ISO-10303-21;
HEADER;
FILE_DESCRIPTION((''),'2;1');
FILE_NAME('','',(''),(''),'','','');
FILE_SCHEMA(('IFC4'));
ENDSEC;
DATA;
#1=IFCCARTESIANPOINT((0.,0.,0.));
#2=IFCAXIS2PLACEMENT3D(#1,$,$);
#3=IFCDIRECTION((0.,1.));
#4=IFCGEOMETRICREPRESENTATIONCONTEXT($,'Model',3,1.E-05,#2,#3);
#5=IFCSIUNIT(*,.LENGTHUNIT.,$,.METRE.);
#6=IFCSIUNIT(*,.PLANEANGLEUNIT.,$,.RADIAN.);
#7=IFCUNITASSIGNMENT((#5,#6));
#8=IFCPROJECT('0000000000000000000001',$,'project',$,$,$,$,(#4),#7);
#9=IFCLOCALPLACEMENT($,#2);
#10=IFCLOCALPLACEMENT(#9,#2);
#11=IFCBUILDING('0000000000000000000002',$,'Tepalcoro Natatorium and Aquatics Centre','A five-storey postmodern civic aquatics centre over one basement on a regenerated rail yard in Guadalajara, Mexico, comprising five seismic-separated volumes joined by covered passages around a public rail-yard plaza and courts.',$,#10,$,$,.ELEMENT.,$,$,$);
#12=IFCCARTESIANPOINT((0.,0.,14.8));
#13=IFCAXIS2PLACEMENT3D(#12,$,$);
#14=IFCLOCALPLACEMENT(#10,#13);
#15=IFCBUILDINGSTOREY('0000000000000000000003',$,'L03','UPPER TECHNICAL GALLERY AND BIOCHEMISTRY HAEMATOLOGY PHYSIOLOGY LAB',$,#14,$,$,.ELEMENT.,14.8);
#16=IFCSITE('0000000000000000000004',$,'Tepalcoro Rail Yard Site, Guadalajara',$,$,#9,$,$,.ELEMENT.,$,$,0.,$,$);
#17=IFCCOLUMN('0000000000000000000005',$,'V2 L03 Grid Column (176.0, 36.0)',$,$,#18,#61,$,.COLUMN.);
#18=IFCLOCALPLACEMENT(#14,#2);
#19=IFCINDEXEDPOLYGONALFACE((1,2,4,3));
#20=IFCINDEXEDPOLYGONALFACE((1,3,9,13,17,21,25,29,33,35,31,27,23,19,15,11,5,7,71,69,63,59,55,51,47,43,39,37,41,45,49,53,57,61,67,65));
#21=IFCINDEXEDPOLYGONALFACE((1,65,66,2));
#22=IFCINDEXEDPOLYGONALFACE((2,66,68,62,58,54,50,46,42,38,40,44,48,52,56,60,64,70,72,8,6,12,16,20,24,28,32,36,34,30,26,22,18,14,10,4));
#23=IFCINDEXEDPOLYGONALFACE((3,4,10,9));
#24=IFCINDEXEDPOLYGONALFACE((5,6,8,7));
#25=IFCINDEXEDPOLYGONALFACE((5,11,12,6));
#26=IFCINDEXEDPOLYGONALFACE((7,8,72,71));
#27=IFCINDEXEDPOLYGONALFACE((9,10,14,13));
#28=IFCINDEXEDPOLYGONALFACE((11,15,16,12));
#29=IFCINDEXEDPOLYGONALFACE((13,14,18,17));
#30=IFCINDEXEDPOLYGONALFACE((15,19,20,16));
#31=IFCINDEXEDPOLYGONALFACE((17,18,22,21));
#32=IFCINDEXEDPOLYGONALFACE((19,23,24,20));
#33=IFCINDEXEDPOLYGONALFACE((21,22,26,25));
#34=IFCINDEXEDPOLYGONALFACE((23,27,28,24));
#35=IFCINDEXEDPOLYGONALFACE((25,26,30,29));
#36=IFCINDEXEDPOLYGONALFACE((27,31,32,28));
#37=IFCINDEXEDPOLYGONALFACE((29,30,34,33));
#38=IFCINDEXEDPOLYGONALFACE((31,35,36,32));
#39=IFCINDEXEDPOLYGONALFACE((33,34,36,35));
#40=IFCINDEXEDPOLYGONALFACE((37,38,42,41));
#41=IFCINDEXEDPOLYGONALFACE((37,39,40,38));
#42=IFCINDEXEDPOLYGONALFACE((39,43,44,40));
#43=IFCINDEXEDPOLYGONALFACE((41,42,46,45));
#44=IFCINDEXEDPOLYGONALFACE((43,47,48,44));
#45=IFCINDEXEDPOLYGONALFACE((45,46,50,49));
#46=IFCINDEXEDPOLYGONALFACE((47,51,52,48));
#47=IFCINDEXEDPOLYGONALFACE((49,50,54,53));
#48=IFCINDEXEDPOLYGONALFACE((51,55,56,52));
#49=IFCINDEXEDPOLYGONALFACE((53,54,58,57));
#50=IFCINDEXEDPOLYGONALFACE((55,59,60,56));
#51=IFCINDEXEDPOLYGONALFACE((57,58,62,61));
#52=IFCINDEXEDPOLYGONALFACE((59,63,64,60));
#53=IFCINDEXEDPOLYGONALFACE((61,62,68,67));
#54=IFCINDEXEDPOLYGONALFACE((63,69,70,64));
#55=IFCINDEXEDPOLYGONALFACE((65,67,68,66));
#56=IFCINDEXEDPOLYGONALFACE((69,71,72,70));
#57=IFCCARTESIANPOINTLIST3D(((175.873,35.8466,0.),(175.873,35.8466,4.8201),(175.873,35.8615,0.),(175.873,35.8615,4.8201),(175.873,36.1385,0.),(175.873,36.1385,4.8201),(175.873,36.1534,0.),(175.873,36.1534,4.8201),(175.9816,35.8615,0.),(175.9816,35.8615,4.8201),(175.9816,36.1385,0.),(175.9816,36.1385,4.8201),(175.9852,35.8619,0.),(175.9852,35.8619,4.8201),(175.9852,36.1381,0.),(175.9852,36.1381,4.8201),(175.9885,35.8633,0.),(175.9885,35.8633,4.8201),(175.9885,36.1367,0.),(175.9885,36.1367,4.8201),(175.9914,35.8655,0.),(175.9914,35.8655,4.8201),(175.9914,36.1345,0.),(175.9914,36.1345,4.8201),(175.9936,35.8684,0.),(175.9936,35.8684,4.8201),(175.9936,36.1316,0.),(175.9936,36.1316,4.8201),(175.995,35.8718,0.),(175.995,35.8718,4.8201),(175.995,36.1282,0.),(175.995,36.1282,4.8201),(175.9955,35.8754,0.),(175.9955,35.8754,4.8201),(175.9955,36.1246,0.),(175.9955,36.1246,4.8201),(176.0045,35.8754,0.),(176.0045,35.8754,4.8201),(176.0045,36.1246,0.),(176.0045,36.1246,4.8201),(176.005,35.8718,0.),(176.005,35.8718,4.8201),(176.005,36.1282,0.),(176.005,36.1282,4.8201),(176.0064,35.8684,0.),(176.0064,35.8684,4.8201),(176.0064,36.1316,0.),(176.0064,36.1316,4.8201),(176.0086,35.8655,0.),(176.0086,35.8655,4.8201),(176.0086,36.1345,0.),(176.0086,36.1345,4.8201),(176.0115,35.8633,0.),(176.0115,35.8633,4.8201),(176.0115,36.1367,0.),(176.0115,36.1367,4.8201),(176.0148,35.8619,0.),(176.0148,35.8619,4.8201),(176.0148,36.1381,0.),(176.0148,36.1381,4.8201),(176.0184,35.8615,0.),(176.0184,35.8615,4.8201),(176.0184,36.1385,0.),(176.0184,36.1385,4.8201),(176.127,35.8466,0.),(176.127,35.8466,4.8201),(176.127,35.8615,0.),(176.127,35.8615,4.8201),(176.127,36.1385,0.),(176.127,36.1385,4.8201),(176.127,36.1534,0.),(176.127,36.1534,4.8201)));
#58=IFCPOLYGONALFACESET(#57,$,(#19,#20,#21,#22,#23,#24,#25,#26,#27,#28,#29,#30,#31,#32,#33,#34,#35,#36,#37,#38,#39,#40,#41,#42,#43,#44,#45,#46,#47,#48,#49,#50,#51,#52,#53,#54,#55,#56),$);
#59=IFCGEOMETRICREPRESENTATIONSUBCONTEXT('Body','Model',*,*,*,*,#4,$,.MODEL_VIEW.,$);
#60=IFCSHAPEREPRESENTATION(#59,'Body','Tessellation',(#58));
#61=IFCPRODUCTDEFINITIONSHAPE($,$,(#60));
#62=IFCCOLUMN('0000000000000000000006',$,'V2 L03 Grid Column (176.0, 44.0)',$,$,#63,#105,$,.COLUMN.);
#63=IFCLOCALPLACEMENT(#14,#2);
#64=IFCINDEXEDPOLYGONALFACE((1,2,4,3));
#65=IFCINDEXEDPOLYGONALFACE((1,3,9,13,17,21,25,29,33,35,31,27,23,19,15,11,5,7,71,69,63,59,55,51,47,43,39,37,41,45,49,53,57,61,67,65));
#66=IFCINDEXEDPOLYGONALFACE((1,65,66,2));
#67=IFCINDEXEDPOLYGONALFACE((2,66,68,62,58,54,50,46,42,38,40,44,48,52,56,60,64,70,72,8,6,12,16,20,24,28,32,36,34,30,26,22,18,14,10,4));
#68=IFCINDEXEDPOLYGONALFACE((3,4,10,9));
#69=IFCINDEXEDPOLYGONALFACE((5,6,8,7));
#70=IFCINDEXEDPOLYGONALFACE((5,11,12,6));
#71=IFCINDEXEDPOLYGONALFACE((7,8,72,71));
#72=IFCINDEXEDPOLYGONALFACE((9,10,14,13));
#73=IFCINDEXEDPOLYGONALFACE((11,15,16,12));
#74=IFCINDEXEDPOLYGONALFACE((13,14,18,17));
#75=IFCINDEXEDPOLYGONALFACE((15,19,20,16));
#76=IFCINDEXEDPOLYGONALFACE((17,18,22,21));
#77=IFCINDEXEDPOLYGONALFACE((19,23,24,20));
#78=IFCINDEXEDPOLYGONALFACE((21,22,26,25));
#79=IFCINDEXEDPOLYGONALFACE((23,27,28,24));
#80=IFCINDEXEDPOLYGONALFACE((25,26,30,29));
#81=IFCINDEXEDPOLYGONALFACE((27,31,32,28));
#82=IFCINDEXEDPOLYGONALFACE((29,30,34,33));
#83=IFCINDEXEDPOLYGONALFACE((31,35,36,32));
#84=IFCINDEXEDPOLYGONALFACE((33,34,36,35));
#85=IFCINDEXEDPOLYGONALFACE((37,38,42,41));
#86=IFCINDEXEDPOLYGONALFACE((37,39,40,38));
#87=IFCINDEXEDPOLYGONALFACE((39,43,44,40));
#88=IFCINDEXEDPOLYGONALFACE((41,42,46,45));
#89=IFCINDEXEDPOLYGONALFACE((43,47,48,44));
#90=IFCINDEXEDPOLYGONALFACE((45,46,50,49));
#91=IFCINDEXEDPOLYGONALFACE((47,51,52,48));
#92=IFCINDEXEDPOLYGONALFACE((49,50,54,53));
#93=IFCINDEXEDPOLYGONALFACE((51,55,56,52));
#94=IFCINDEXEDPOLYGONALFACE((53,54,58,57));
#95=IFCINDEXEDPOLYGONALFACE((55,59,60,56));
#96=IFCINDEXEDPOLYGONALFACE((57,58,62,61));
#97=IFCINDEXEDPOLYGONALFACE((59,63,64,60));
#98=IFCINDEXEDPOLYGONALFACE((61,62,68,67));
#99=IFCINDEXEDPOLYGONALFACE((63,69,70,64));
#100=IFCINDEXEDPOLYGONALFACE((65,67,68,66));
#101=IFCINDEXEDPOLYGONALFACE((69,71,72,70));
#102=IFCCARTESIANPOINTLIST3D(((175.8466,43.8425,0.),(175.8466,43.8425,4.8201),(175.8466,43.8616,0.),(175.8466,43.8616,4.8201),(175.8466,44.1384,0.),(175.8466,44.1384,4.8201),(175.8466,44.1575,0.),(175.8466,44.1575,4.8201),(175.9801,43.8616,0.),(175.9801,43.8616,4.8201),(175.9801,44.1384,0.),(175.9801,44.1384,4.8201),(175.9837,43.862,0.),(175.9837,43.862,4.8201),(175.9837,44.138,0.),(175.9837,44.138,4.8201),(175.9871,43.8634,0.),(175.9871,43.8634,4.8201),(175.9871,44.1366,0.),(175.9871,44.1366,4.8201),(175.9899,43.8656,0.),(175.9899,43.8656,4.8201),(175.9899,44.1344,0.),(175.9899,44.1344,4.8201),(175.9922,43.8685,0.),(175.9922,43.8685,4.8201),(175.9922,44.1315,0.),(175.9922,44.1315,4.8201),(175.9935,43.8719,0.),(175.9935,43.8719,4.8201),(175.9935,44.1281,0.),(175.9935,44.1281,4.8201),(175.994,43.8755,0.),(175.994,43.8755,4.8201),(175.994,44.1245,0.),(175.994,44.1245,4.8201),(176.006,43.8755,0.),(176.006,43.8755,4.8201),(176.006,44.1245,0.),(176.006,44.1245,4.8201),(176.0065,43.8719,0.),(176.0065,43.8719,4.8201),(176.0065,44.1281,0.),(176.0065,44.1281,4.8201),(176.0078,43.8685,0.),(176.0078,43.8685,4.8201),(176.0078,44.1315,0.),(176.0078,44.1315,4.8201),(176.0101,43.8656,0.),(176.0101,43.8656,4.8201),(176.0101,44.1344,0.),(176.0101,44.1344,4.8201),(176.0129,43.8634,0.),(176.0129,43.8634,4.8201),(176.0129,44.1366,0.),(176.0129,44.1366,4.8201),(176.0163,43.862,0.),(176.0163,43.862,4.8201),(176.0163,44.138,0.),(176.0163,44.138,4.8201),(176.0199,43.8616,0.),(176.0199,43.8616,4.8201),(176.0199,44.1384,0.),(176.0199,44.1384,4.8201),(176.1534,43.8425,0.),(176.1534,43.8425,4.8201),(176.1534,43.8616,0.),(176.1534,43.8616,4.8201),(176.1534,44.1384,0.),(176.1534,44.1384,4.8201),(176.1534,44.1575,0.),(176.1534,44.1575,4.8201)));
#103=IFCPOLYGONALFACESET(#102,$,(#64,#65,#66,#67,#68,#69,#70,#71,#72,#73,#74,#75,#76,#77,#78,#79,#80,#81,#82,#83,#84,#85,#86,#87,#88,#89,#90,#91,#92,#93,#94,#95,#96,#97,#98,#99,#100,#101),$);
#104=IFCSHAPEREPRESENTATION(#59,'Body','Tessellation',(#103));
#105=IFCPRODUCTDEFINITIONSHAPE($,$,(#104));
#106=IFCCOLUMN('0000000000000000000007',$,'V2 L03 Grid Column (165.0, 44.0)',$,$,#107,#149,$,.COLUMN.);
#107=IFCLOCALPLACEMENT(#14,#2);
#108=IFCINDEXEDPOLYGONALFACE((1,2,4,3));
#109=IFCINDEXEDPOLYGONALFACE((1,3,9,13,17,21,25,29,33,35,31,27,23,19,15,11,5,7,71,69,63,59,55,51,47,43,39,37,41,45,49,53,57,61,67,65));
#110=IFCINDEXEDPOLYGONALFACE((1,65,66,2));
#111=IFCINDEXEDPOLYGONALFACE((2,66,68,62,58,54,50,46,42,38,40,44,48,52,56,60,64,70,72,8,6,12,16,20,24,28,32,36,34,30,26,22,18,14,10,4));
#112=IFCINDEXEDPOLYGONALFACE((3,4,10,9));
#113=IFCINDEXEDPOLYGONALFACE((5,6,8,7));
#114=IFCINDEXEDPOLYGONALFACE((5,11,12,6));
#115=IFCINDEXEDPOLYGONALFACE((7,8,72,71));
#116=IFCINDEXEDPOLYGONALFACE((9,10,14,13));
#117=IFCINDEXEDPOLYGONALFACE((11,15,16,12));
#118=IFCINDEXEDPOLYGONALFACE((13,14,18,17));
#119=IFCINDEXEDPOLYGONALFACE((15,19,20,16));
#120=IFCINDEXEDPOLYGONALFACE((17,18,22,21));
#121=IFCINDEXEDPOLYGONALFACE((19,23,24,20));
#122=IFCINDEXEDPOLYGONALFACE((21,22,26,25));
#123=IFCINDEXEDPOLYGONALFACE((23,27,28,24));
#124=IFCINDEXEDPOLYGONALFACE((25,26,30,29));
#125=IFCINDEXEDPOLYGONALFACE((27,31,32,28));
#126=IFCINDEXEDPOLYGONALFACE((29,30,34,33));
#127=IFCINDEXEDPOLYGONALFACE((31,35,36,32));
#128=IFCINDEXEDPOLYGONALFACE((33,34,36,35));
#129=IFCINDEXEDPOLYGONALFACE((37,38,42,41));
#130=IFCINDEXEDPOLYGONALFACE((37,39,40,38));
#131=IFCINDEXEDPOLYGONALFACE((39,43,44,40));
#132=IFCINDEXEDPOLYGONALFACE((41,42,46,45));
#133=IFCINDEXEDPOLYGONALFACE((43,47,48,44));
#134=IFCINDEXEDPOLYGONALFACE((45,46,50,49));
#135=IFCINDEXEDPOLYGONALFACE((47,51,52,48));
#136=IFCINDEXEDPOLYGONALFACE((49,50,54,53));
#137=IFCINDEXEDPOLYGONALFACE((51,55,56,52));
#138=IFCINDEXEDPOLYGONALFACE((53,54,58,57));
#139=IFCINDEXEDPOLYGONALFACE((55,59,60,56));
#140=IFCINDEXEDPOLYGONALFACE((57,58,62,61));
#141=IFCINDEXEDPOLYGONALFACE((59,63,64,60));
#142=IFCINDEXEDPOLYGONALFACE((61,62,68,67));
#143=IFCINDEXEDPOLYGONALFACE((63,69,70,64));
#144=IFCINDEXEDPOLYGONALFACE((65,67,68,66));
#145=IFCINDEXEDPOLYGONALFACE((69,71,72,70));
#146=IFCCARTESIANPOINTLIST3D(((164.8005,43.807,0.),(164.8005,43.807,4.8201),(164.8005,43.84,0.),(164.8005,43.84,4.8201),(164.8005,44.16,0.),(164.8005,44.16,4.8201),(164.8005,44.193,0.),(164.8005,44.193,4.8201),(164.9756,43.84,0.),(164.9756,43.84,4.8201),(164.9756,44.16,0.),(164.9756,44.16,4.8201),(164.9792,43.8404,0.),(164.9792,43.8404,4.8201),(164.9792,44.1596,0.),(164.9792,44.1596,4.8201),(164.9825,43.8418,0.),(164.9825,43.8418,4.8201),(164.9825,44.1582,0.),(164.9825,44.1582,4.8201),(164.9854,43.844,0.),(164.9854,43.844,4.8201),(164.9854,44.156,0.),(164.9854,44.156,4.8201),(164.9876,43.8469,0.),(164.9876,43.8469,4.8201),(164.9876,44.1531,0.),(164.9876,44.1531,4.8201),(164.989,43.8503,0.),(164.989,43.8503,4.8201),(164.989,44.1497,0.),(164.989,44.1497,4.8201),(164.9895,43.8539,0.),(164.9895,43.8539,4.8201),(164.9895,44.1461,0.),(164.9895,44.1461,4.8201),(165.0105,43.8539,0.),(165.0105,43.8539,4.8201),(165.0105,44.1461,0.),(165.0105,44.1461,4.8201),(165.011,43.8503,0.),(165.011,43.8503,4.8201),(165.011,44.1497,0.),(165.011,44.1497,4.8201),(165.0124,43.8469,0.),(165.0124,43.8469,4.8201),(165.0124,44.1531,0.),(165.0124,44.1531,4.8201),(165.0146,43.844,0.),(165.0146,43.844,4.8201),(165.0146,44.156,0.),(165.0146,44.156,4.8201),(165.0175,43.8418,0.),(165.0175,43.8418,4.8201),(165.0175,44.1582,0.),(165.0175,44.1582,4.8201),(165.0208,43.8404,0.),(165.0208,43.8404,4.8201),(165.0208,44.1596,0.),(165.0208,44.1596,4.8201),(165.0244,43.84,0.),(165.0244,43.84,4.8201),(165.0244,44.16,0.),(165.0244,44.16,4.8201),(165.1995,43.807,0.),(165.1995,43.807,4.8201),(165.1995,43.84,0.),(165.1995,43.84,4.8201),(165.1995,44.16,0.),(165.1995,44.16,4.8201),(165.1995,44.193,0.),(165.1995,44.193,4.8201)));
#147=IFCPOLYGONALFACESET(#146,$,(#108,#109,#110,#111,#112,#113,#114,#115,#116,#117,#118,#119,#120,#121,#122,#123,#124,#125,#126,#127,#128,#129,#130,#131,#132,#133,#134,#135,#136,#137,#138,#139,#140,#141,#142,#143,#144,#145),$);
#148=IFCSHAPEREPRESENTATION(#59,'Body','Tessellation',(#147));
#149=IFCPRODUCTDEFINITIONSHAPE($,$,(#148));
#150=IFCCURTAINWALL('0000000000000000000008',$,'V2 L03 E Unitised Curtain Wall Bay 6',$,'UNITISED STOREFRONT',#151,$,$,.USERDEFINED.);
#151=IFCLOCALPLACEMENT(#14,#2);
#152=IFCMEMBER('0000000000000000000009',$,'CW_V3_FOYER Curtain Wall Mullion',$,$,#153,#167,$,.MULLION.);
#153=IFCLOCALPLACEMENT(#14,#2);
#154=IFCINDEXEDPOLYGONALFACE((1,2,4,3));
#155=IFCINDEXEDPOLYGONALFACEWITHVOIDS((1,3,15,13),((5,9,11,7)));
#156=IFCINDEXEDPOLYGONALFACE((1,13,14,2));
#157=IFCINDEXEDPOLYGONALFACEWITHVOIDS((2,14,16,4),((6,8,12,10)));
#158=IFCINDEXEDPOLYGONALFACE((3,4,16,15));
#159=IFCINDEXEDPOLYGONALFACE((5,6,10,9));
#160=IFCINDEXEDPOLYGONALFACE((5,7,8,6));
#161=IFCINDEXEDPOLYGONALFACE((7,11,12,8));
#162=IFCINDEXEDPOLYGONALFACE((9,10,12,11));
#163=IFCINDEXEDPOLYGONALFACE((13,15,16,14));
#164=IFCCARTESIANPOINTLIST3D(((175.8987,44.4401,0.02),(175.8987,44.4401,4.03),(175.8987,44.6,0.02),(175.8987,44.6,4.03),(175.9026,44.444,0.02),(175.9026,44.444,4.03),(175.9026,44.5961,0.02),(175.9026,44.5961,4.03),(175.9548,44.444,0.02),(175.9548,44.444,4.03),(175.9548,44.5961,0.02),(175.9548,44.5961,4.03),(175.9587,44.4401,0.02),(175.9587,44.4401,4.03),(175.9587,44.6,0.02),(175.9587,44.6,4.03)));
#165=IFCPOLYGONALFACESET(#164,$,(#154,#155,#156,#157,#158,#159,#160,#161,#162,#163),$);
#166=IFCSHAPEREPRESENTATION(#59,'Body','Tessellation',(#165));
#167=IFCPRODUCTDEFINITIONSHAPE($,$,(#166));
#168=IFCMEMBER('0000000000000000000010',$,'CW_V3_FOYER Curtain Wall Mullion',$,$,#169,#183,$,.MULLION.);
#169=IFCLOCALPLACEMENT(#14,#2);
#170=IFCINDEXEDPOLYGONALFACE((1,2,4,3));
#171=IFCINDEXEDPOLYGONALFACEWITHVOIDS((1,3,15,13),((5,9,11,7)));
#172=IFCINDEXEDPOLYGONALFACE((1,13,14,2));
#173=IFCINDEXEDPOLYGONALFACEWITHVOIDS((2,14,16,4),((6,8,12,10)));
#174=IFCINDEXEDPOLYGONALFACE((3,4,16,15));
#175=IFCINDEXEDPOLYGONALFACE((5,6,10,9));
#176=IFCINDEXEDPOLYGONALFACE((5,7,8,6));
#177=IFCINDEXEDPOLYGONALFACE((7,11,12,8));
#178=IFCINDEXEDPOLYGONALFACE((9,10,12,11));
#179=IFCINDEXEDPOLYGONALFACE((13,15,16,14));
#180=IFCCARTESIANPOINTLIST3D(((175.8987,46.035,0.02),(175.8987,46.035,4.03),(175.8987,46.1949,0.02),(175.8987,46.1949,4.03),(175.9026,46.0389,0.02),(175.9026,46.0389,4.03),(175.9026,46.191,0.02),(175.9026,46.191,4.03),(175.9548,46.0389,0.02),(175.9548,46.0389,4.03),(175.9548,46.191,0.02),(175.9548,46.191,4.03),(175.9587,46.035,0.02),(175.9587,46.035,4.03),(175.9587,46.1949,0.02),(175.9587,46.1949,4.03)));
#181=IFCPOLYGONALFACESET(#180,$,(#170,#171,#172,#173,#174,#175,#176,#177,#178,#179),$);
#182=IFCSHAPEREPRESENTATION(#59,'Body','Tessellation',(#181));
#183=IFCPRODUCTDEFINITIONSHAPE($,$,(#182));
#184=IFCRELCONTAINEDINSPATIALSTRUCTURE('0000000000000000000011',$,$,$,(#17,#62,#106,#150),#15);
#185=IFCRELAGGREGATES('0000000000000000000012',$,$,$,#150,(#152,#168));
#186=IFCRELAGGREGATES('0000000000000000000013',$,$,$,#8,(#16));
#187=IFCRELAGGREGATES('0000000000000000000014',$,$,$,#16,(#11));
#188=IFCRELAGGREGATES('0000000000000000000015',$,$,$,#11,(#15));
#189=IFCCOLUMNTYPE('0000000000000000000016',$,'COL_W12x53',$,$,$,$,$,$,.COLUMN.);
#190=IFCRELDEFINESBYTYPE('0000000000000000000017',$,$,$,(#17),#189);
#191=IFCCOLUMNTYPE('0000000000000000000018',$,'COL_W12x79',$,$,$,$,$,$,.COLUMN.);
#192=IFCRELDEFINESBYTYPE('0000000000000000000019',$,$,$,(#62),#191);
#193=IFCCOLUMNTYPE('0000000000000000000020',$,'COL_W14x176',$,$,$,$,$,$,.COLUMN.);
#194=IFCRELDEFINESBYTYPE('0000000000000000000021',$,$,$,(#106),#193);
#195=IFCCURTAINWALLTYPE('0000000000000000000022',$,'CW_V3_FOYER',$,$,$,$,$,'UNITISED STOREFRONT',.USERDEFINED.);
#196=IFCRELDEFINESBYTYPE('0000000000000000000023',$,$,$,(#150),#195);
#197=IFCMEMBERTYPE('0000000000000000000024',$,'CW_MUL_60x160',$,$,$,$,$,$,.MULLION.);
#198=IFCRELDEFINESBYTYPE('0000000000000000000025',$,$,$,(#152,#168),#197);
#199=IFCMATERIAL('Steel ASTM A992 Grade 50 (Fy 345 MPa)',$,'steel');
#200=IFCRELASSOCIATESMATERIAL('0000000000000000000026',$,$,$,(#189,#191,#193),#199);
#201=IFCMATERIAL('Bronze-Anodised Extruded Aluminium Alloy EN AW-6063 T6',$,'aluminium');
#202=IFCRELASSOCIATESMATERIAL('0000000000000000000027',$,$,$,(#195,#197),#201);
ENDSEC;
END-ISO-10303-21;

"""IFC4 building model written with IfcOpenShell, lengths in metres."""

from ifc_helpers import new_model, si_unit, direction, frame, origin, origin_2d, place, context, subcontext, project, spatial, hollow_rectangle, i_section, extrude, material, material_profile, profile_set, type_object, element, aggregate, save


model = new_model("IFC4")

# Units and contexts
model_context = context("Model", 3, precision=1e-05, world=origin(), true_north=direction((0.0, 1.0)))
body_context = subcontext(model_context, "Body", "Model", "MODEL_VIEW")
ifc_project = project(units=[si_unit("LENGTHUNIT", "METRE"), si_unit("PLANEANGLEUNIT", "RADIAN")], contexts=[model_context])

# Site, building, storey
site_placement = place(None, origin())
site = spatial("IfcSite", under=ifc_project, at=site_placement, Name="Tepalcoro Rail Yard Site, Guadalajara", CompositionType="ELEMENT", RefElevation=0.0)
building_placement = place(site_placement, origin())
building = spatial("IfcBuilding", under=site, at=building_placement, Name="Tepalcoro Natatorium and Aquatics Centre", Description="A five-storey postmodern civic aquatics centre over one basement on a regenerated rail yard in Guadalajara, Mexico, comprising five seismic-separated volumes joined by covered passages around a public rail-yard plaza and courts.", CompositionType="ELEMENT")
storey_placement = place(building_placement, frame((0.0, 0.0, 14.8)))
storey = spatial("IfcBuildingStorey", under=building, at=storey_placement, Name="L03", Description="UPPER TECHNICAL GALLERY AND BIOCHEMISTRY HAEMATOLOGY PHYSIOLOGY LAB", CompositionType="ELEMENT", Elevation=14.8)

# Columns
ifc_material_1 = material(Name="Steel ASTM A992 Grade 50 (Fy 345 MPa)", Category="steel")
ifc_material_profile_1 = material_profile(ifc_material_1, i_section(OverallWidth=0.2539, OverallDepth=0.3069, WebThickness=0.009, FlangeThickness=0.0149, FilletRadius=0.0139, at=origin_2d()), Name="W12X53")
ifc_profile_set_1 = profile_set([ifc_material_profile_1], Name="Steel ASTM A992 Grade 50 (Fy 345 MPa)")
column_type_1 = type_object("IfcColumnType", Name="COL_W12x53", PredefinedType="COLUMN", material=ifc_profile_set_1)
column_1_placement = place(storey_placement, frame((176.0, 36.0, 0.0), z_axis=(0.0, 0.0, 1.0), x_axis=(1.0, 0.0, 0.0)))
element("IfcColumn", 1, at=column_1_placement, inside=storey, type_object=column_type_1, Name="V2 L03 Grid Column (176.0, 36.0)", PredefinedType="COLUMN", context=body_context, shape_type="SweptSolid", body=[
    extrude(i_section(OverallWidth=0.2539, OverallDepth=0.3069, WebThickness=0.009, FlangeThickness=0.0149, FilletRadius=0.0139, at=origin_2d()), origin(), (0.0, 0.0, 1.0), 4.8201),
])
ifc_material_profile_2 = material_profile(ifc_material_1, i_section(OverallWidth=0.3069, OverallDepth=0.3149, WebThickness=0.012, FlangeThickness=0.019, FilletRadius=0.0139, at=origin_2d()), Name="W12X79")
ifc_profile_set_2 = profile_set([ifc_material_profile_2], Name="Steel ASTM A992 Grade 50 (Fy 345 MPa)")
column_type_2 = type_object("IfcColumnType", Name="COL_W12x79", PredefinedType="COLUMN", material=ifc_profile_set_2)
column_2_placement = place(storey_placement, frame((176.0, 44.0, 0.0), z_axis=(0.0, 0.0, 1.0), x_axis=(1.0, 0.0, 0.0)))
element("IfcColumn", 2, at=column_2_placement, inside=storey, type_object=column_type_2, Name="V2 L03 Grid Column (176.0, 44.0)", PredefinedType="COLUMN", context=body_context, shape_type="SweptSolid", body=[
    extrude(i_section(OverallWidth=0.3069, OverallDepth=0.3149, WebThickness=0.012, FlangeThickness=0.019, FilletRadius=0.0139, at=origin_2d()), origin(), (0.0, 0.0, 1.0), 4.8201),
])
ifc_material_profile_3 = material_profile(ifc_material_1, i_section(OverallWidth=0.3989, OverallDepth=0.386, WebThickness=0.021, FlangeThickness=0.033, FilletRadius=0.0139, at=origin_2d()), Name="W14X176")
ifc_profile_set_3 = profile_set([ifc_material_profile_3], Name="Steel ASTM A992 Grade 50 (Fy 345 MPa)")
column_type_3 = type_object("IfcColumnType", Name="COL_W14x176", PredefinedType="COLUMN", material=ifc_profile_set_3)
column_3_placement = place(storey_placement, frame((165.0, 44.0, 0.0), z_axis=(0.0, 0.0, 1.0), x_axis=(1.0, 0.0, 0.0)))
element("IfcColumn", 3, at=column_3_placement, inside=storey, type_object=column_type_3, Name="V2 L03 Grid Column (165.0, 44.0)", PredefinedType="COLUMN", context=body_context, shape_type="SweptSolid", body=[
    extrude(i_section(OverallWidth=0.3989, OverallDepth=0.386, WebThickness=0.021, FlangeThickness=0.033, FilletRadius=0.0139, at=origin_2d()), origin(), (0.0, 0.0, 1.0), 4.8201),
])

# Curtain wall, members
ifc_material_2 = material(Name="Bronze-Anodised Extruded Aluminium Alloy EN AW-6063 T6", Category="aluminium")
curtain_wall_type = type_object("IfcCurtainWallType", Name="CW_V3_FOYER", ElementType="UNITISED STOREFRONT", PredefinedType="USERDEFINED", material=ifc_material_2)
curtain_wall_placement = place(storey_placement, origin())
curtain_wall = element("IfcCurtainWall", 4, at=curtain_wall_placement, inside=storey, type_object=curtain_wall_type, Name="V2 L03 E Unitised Curtain Wall Bay 6", ObjectType="UNITISED STOREFRONT", PredefinedType="USERDEFINED")
ifc_material_profile_4 = material_profile(ifc_material_2, hollow_rectangle(XDim=0.0601, YDim=0.1599, WallThickness=0.0039, at=origin_2d()), Name="AL60X160X4")
ifc_profile_set_4 = profile_set([ifc_material_profile_4], Name="Bronze-Anodised Extruded Aluminium Alloy EN AW-6063 T6")
member_type_1 = type_object("IfcMemberType", Name="CW_MUL_60x160", PredefinedType="MULLION", material=ifc_profile_set_4)
member_1_placement = place(storey_placement, frame((175.9287, 44.52, 0.02), z_axis=(0.0, 0.0, 1.0), x_axis=(1.0, 0.0, 0.0)))
member_1 = element("IfcMember", 5, at=member_1_placement, type_object=member_type_1, Name="CW_V3_FOYER Curtain Wall Mullion", PredefinedType="MULLION", context=body_context, shape_type="SweptSolid", body=[
    extrude(hollow_rectangle(XDim=0.0601, YDim=0.1599, WallThickness=0.0039, at=origin_2d()), origin(), (0.0, 0.0, 1.0), 4.01),
])
member_2_placement = place(storey_placement, frame((175.9287, 46.115, 0.02), z_axis=(0.0, 0.0, 1.0), x_axis=(1.0, 0.0, 0.0)))
member_2 = element("IfcMember", 6, at=member_2_placement, type_object=member_type_1, Name="CW_V3_FOYER Curtain Wall Mullion", PredefinedType="MULLION", context=body_context, shape_type="SweptSolid", body=[
    extrude(hollow_rectangle(XDim=0.0601, YDim=0.1599, WallThickness=0.0039, at=origin_2d()), origin(), (0.0, 0.0, 1.0), 4.01),
])

aggregate(curtain_wall, [member_1, member_2])

save(model, "model.ifc")
